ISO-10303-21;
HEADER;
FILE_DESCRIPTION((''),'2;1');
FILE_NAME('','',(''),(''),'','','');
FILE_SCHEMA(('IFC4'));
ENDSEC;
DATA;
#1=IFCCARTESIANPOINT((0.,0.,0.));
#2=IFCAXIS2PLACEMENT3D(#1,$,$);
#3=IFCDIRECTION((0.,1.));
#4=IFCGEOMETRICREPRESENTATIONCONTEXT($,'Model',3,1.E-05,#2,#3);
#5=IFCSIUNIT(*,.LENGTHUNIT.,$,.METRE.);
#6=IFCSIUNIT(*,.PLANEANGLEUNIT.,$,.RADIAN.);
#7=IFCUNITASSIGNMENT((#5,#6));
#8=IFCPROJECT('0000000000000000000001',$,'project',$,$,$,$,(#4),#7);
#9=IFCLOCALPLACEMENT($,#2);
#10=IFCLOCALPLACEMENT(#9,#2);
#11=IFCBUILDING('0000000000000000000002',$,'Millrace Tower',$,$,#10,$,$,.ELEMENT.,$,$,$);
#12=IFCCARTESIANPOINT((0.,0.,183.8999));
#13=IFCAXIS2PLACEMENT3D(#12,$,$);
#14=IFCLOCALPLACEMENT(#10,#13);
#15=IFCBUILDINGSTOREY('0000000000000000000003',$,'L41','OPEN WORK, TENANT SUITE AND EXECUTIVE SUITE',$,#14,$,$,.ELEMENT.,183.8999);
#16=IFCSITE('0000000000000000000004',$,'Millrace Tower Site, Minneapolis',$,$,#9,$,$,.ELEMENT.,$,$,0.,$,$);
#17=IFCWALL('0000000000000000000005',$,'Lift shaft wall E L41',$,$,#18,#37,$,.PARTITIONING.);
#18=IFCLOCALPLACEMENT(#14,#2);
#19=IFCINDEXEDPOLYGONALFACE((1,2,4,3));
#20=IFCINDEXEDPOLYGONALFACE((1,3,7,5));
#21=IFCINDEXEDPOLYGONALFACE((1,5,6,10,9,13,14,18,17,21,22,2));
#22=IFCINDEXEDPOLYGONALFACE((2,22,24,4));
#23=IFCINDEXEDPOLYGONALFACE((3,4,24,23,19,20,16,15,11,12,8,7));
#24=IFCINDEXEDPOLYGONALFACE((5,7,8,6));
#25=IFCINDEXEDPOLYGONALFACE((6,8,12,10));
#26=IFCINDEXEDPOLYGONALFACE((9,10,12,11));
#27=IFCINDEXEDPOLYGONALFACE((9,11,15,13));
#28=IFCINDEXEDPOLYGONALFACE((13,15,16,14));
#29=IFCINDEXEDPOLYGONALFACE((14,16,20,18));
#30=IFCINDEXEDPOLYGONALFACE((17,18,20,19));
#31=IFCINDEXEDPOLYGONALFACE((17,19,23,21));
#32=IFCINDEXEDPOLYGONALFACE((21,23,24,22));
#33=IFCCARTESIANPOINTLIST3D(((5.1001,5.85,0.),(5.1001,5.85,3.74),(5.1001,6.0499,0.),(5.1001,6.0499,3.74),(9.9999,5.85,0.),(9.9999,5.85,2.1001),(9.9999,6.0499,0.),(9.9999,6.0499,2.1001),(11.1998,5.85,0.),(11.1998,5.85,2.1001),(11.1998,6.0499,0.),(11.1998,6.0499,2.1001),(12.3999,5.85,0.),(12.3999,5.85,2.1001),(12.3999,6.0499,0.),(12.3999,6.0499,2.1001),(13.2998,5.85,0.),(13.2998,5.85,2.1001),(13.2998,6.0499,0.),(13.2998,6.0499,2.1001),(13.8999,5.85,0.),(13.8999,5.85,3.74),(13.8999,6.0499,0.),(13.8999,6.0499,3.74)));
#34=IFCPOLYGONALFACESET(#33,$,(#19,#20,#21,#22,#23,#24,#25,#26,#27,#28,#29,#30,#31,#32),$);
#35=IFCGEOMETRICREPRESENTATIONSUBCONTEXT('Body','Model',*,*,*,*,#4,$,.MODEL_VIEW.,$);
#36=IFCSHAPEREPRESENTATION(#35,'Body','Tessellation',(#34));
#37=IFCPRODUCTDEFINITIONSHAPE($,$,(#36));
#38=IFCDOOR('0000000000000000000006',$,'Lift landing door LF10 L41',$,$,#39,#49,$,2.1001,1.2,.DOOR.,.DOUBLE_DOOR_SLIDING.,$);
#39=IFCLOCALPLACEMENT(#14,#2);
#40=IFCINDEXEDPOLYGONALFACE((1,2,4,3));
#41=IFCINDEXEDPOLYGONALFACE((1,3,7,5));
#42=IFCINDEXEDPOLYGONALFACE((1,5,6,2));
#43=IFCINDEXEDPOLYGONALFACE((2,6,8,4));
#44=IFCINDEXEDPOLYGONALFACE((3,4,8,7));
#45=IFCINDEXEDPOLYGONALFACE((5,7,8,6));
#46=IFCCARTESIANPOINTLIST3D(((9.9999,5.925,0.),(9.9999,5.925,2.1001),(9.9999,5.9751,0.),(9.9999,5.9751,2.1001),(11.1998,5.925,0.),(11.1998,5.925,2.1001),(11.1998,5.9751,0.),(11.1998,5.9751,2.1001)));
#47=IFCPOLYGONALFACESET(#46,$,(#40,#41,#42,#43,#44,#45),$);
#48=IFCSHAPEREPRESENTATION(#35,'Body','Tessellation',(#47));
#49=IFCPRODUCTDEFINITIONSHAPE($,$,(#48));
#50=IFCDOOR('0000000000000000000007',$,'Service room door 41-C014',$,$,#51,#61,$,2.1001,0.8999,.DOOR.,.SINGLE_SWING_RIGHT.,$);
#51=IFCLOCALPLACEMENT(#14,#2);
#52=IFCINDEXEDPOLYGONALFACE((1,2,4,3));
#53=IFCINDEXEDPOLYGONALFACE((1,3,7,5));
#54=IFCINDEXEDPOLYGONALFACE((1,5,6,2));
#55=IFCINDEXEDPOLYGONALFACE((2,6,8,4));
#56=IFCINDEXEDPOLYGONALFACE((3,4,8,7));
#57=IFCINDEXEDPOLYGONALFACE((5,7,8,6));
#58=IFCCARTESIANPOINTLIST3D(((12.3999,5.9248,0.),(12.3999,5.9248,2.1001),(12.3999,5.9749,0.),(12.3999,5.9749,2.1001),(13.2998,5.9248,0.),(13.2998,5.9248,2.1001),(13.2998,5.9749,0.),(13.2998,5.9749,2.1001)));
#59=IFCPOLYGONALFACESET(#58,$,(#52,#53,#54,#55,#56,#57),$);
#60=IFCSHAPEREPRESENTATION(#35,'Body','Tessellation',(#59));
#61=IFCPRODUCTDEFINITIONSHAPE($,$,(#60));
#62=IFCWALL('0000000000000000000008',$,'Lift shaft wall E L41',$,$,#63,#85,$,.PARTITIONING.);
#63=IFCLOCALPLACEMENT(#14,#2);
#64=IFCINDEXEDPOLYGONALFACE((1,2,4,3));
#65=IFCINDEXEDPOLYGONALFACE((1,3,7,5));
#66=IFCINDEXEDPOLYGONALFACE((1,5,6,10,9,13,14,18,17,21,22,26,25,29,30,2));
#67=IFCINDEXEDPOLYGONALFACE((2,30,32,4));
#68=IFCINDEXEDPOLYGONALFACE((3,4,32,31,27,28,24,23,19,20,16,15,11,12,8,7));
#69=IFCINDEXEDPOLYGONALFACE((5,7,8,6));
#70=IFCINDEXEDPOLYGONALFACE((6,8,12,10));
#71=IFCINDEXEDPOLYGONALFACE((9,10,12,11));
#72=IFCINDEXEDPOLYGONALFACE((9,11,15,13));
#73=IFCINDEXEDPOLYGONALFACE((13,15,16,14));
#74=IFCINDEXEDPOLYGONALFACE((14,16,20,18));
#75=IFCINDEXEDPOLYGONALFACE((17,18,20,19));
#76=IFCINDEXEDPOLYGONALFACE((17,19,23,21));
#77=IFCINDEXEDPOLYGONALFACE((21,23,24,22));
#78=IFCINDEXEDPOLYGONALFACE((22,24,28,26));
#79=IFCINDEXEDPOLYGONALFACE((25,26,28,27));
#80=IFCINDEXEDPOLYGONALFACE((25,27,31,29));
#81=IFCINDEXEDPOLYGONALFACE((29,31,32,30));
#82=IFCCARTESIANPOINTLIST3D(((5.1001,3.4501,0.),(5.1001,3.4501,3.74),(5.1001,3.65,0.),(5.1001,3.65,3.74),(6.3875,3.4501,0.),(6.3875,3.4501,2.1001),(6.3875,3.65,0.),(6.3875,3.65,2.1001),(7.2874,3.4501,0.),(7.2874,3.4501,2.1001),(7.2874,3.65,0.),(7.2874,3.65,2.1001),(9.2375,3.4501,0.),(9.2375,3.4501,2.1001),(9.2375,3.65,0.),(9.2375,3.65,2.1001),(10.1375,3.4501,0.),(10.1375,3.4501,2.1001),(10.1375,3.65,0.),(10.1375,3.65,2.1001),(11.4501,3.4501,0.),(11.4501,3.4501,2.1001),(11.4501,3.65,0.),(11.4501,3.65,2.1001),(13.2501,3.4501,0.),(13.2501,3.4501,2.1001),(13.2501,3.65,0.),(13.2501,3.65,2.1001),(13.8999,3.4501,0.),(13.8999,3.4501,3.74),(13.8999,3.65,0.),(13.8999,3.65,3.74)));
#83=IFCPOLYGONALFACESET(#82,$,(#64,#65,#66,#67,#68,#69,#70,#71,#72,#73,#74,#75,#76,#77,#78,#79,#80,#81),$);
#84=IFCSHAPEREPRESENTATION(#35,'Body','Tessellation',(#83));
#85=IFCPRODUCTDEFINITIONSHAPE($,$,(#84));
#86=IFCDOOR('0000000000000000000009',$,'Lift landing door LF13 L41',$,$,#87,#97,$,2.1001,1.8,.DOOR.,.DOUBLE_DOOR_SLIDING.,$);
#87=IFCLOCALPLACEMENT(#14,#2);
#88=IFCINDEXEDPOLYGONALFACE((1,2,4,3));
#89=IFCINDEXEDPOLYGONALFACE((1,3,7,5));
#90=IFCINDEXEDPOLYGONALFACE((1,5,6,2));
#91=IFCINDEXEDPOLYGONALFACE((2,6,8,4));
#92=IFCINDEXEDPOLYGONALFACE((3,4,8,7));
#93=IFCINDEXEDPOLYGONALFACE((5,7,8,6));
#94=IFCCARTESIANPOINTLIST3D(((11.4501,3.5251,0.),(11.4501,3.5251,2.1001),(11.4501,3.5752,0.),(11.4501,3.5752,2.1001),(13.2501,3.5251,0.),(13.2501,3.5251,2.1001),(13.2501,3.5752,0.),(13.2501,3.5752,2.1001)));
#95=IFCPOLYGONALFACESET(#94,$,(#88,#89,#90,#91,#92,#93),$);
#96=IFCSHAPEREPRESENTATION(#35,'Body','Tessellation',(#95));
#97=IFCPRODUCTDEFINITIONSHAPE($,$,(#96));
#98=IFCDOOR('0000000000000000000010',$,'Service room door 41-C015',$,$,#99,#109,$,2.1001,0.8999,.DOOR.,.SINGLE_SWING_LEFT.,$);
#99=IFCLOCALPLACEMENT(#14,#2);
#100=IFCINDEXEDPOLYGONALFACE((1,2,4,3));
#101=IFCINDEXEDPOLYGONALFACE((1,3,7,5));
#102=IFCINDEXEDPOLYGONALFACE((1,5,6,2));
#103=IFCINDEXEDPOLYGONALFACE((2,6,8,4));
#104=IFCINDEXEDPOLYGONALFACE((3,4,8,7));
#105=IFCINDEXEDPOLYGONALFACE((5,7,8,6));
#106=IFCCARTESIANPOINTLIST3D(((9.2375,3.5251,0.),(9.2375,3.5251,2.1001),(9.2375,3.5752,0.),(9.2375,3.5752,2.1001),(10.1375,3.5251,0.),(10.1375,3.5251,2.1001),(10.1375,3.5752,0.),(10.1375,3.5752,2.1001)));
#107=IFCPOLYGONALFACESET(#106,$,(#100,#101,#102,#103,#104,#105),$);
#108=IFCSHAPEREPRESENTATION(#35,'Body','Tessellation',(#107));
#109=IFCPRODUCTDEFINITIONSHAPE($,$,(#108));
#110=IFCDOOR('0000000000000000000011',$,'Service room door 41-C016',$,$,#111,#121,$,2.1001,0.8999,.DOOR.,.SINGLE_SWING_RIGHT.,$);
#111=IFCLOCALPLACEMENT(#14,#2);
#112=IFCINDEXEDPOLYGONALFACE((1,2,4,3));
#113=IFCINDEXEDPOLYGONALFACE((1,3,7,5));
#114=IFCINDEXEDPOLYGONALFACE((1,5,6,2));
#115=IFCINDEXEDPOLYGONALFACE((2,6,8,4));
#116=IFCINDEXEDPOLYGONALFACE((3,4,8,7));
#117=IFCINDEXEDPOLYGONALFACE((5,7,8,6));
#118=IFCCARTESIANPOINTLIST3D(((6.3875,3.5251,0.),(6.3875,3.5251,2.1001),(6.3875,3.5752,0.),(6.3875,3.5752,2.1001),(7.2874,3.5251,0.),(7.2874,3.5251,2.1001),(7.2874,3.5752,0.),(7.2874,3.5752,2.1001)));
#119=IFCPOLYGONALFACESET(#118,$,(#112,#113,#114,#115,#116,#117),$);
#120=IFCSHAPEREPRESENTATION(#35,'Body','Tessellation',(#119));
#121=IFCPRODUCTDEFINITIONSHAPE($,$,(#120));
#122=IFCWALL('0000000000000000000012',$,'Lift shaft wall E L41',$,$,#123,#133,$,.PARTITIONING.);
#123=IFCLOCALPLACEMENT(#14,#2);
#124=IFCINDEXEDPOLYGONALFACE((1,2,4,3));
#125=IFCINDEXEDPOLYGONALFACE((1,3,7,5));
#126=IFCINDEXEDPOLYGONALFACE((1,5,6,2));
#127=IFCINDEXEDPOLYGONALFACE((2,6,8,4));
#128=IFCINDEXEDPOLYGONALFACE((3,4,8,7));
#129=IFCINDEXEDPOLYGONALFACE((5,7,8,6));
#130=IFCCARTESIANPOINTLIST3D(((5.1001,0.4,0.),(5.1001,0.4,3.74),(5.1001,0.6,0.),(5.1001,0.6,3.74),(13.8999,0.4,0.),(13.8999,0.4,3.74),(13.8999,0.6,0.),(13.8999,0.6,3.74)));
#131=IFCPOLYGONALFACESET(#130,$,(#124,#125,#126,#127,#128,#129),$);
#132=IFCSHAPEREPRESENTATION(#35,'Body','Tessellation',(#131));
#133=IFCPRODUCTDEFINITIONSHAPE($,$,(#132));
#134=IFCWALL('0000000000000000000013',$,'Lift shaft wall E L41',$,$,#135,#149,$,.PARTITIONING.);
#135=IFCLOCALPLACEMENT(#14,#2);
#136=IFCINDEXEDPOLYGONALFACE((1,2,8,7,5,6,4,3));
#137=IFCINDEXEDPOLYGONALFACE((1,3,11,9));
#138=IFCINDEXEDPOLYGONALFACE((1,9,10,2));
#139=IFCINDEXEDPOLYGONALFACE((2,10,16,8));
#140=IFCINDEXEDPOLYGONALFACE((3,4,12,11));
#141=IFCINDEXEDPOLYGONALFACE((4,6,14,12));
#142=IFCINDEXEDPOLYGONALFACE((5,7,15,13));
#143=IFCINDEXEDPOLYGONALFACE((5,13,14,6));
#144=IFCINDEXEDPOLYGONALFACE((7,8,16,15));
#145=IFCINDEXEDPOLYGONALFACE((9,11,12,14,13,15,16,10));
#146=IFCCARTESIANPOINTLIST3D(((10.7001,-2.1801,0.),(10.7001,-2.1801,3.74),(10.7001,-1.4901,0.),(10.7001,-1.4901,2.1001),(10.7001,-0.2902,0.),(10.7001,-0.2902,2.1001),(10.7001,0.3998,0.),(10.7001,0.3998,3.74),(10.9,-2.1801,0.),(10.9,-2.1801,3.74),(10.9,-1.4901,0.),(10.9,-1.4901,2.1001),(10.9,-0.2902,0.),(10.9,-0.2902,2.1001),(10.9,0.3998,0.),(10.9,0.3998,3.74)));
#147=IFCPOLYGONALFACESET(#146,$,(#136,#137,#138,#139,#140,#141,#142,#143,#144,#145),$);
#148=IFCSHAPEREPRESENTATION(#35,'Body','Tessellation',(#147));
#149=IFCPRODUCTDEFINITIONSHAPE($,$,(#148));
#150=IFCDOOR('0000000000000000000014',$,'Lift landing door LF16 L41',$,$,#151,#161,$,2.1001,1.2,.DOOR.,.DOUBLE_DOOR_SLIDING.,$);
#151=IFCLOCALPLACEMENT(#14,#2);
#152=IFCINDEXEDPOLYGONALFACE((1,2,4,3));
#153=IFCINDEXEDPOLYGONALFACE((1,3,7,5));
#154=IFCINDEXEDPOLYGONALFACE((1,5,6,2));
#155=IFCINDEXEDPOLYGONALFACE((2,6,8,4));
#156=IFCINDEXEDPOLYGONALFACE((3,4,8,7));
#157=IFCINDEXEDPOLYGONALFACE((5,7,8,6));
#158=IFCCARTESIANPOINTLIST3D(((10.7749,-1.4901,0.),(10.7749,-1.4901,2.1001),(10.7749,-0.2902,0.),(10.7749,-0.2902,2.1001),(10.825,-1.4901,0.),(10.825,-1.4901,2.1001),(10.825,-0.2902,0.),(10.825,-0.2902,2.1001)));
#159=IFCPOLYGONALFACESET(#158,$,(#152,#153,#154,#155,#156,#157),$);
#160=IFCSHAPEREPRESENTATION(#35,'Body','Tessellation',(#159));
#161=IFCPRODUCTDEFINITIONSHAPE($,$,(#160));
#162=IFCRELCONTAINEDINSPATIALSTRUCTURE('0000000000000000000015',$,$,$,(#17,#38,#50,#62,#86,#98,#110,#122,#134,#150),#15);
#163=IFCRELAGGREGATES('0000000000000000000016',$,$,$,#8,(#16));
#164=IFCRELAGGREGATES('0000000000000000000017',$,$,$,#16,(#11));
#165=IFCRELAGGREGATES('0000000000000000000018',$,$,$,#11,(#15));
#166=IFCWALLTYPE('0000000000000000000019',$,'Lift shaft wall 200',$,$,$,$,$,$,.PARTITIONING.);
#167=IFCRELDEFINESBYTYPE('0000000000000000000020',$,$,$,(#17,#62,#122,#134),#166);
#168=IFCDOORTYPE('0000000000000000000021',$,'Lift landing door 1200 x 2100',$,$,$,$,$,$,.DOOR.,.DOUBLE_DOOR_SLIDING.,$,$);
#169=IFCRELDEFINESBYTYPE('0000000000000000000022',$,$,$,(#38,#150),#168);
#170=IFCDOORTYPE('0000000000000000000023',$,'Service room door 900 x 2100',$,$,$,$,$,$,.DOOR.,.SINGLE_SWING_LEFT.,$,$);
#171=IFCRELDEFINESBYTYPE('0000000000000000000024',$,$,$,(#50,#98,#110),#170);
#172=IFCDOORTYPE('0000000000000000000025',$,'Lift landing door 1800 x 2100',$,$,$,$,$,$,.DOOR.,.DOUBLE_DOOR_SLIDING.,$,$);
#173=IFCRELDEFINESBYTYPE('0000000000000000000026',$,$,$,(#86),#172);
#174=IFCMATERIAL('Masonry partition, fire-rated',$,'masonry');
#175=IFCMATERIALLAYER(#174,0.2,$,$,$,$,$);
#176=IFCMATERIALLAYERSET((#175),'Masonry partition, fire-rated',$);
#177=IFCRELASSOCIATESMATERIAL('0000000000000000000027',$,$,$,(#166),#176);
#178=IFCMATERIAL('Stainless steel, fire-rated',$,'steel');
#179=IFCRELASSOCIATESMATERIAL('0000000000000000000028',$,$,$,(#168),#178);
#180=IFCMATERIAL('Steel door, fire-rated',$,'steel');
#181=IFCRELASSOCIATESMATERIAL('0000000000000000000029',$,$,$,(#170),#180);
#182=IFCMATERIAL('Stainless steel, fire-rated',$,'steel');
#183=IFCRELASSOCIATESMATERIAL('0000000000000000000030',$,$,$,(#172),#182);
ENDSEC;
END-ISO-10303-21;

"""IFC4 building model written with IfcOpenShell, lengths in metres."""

from ifc_helpers import new_model, si_unit, direction, frame, frame_2d, origin, place, context, subcontext, project, spatial, rectangle, extrude, material, layer, layer_set, type_object, element, fill, save


model = new_model("IFC4")

# Units and contexts
model_context = context("Model", 3, precision=1e-05, world=origin(), true_north=direction((0.0, 1.0)))
body_context = subcontext(model_context, "Body", "Model", "MODEL_VIEW")
ifc_project = project(units=[si_unit("LENGTHUNIT", "METRE"), si_unit("PLANEANGLEUNIT", "RADIAN")], contexts=[model_context])

# Site, building, storey
site_placement = place(None, origin())
site = spatial("IfcSite", under=ifc_project, at=site_placement, Name="Millrace Tower Site, Minneapolis", CompositionType="ELEMENT", RefElevation=0.0)
building_placement = place(site_placement, origin())
building = spatial("IfcBuilding", under=site, at=building_placement, Name="Millrace Tower", CompositionType="ELEMENT")
storey_placement = place(building_placement, frame((0.0, 0.0, 183.8999)))
storey = spatial("IfcBuildingStorey", under=building, at=storey_placement, Name="L41", Description="OPEN WORK, TENANT SUITE AND EXECUTIVE SUITE", CompositionType="ELEMENT", Elevation=183.8999)

# Walls, openings, doors
ifc_material_1 = material(Name="Masonry partition, fire-rated", Category="masonry")
ifc_layer_1 = layer(ifc_material_1, 0.2)
ifc_layer_set_1 = layer_set([ifc_layer_1], Name="Masonry partition, fire-rated")
wall_type_1 = type_object("IfcWallType", Name="Lift shaft wall 200", PredefinedType="PARTITIONING", material=ifc_layer_set_1)
wall_1_placement = place(storey_placement, frame((13.8999, 5.95, 0.0), z_axis=(0.0, 0.0, 1.0), x_axis=(-1.0, 0.0, 0.0)))
wall_1 = element("IfcWall", 1, at=wall_1_placement, inside=storey, type_object=wall_type_1, Name="Lift shaft wall E L41", PredefinedType="PARTITIONING", context=body_context, shape_type="SweptSolid", body=[
    extrude(rectangle(XDim=8.7998, YDim=0.2, at=frame_2d((4.3999, 0.0))), origin(), (0.0, 0.0, 1.0), 3.74),
])
opening_1_placement = place(wall_1_placement, frame((2.7, 0.0, 0.0)))
opening_1 = element("IfcOpeningElement", 2, at=opening_1_placement, cuts=wall_1, PredefinedType="OPENING", context=body_context, shape_type="SweptSolid", body=[
    extrude(rectangle(XDim=1.2, YDim=2.1001, at=frame_2d((0.6001, 1.05))), frame((0.0, 0.1099, 0.0), z_axis=(0.0, -1.0, 0.0), x_axis=(1.0, 0.0, 0.0)), (0.0, 0.0, 1.0), 0.22),
])
opening_2_placement = place(wall_1_placement, frame((0.6001, 0.0, 0.0)))
opening_2 = element("IfcOpeningElement", 3, at=opening_2_placement, cuts=wall_1, PredefinedType="OPENING", context=body_context, shape_type="SweptSolid", body=[
    extrude(rectangle(XDim=0.8999, YDim=2.1001, at=frame_2d((0.45, 1.05))), frame((0.0, 0.1099, 0.0), z_axis=(0.0, -1.0, 0.0), x_axis=(1.0, 0.0, 0.0)), (0.0, 0.0, 1.0), 0.22),
])
ifc_material_2 = material(Name="Stainless steel, fire-rated", Category="steel")
door_type_1 = type_object("IfcDoorType", Name="Lift landing door 1200 x 2100", OperationType="DOUBLE_DOOR_SLIDING", PredefinedType="DOOR", material=ifc_material_2)
door_1_placement = place(opening_1_placement, origin())
door_1 = element("IfcDoor", 4, at=door_1_placement, inside=storey, type_object=door_type_1, Name="Lift landing door LF10 L41", OperationType="DOUBLE_DOOR_SLIDING", OverallHeight=2.1001, OverallWidth=1.2, PredefinedType="DOOR", context=body_context, shape_type="SweptSolid", body=[
    extrude(rectangle(XDim=1.2, YDim=2.1001, at=frame_2d((0.6001, 1.05))), frame((0.0, 0.0249, 0.0), z_axis=(0.0, -1.0, 0.0), x_axis=(1.0, 0.0, 0.0)), (0.0, 0.0, 1.0), 0.05),
])
fill(opening_1, door_1)
ifc_material_3 = material(Name="Steel door, fire-rated", Category="steel")
door_type_2 = type_object("IfcDoorType", Name="Service room door 900 x 2100", OperationType="SINGLE_SWING_LEFT", PredefinedType="DOOR", material=ifc_material_3)
door_2_placement = place(opening_2_placement, frame((0.8999, 0.0, 0.0), z_axis=(0.0, 0.0, 1.0), x_axis=(-1.0, 0.0, 0.0)))
door_2 = element("IfcDoor", 5, at=door_2_placement, inside=storey, type_object=door_type_2, Name="Service room door 41-C014", OperationType="SINGLE_SWING_RIGHT", OverallHeight=2.1001, OverallWidth=0.8999, PredefinedType="DOOR", context=body_context, shape_type="SweptSolid", body=[
    extrude(rectangle(XDim=0.8999, YDim=2.1001, at=frame_2d((0.45, 1.05))), frame((0.0, 0.0249, 0.0), z_axis=(0.0, -1.0, 0.0), x_axis=(1.0, 0.0, 0.0)), (0.0, 0.0, 1.0), 0.05),
])
fill(opening_2, door_2)
wall_2_placement = place(storey_placement, frame((13.8999, 3.55, 0.0), z_axis=(0.0, 0.0, 1.0), x_axis=(-1.0, 0.0, 0.0)))
wall_2 = element("IfcWall", 6, at=wall_2_placement, inside=storey, type_object=wall_type_1, Name="Lift shaft wall E L41", PredefinedType="PARTITIONING", context=body_context, shape_type="SweptSolid", body=[
    extrude(rectangle(XDim=8.7998, YDim=0.2, at=frame_2d((4.3999, 0.0))), origin(), (0.0, 0.0, 1.0), 3.74),
])
opening_3_placement = place(wall_2_placement, frame((0.6499, 0.0, 0.0)))
opening_3 = element("IfcOpeningElement", 7, at=opening_3_placement, cuts=wall_2, PredefinedType="OPENING", context=body_context, shape_type="SweptSolid", body=[
    extrude(rectangle(XDim=1.8, YDim=2.1001, at=frame_2d((0.8999, 1.05))), frame((0.0, 0.1099, 0.0), z_axis=(0.0, -1.0, 0.0), x_axis=(1.0, 0.0, 0.0)), (0.0, 0.0, 1.0), 0.22),
])
opening_4_placement = place(wall_2_placement, frame((3.7625, 0.0, 0.0)))
opening_4 = element("IfcOpeningElement", 8, at=opening_4_placement, cuts=wall_2, PredefinedType="OPENING", context=body_context, shape_type="SweptSolid", body=[
    extrude(rectangle(XDim=0.8999, YDim=2.1001, at=frame_2d((0.45, 1.05))), frame((0.0, 0.1099, 0.0), z_axis=(0.0, -1.0, 0.0), x_axis=(1.0, 0.0, 0.0)), (0.0, 0.0, 1.0), 0.22),
])
opening_5_placement = place(wall_2_placement, frame((6.6125, 0.0, 0.0)))
opening_5 = element("IfcOpeningElement", 9, at=opening_5_placement, cuts=wall_2, PredefinedType="OPENING", context=body_context, shape_type="SweptSolid", body=[
    extrude(rectangle(XDim=0.8999, YDim=2.1001, at=frame_2d((0.45, 1.05))), frame((0.0, 0.1099, 0.0), z_axis=(0.0, -1.0, 0.0), x_axis=(1.0, 0.0, 0.0)), (0.0, 0.0, 1.0), 0.22),
])
ifc_material_4 = material(Name="Stainless steel, fire-rated", Category="steel")
door_type_3 = type_object("IfcDoorType", Name="Lift landing door 1800 x 2100", OperationType="DOUBLE_DOOR_SLIDING", PredefinedType="DOOR", material=ifc_material_4)
door_3_placement = place(opening_3_placement, origin())
door_3 = element("IfcDoor", 10, at=door_3_placement, inside=storey, type_object=door_type_3, Name="Lift landing door LF13 L41", OperationType="DOUBLE_DOOR_SLIDING", OverallHeight=2.1001, OverallWidth=1.8, PredefinedType="DOOR", context=body_context, shape_type="SweptSolid", body=[
    extrude(rectangle(XDim=1.8, YDim=2.1001, at=frame_2d((0.8999, 1.05))), frame((0.0, 0.0249, 0.0), z_axis=(0.0, -1.0, 0.0), x_axis=(1.0, 0.0, 0.0)), (0.0, 0.0, 1.0), 0.05),
])
fill(opening_3, door_3)
door_4_placement = place(opening_4_placement, origin())
door_4 = element("IfcDoor", 11, at=door_4_placement, inside=storey, type_object=door_type_2, Name="Service room door 41-C015", OperationType="SINGLE_SWING_LEFT", OverallHeight=2.1001, OverallWidth=0.8999, PredefinedType="DOOR", context=body_context, shape_type="SweptSolid", body=[
    extrude(rectangle(XDim=0.8999, YDim=2.1001, at=frame_2d((0.45, 1.05))), frame((0.0, 0.0249, 0.0), z_axis=(0.0, -1.0, 0.0), x_axis=(1.0, 0.0, 0.0)), (0.0, 0.0, 1.0), 0.05),
])
fill(opening_4, door_4)
door_5_placement = place(opening_5_placement, origin())
door_5 = element("IfcDoor", 12, at=door_5_placement, inside=storey, type_object=door_type_2, Name="Service room door 41-C016", OperationType="SINGLE_SWING_RIGHT", OverallHeight=2.1001, OverallWidth=0.8999, PredefinedType="DOOR", context=body_context, shape_type="SweptSolid", body=[
    extrude(rectangle(XDim=0.8999, YDim=2.1001, at=frame_2d((0.45, 1.05))), frame((0.0, 0.0249, 0.0), z_axis=(0.0, -1.0, 0.0), x_axis=(1.0, 0.0, 0.0)), (0.0, 0.0, 1.0), 0.05),
])
fill(opening_5, door_5)

# Wall
wall_3_placement = place(storey_placement, frame((13.8999, 0.5, 0.0), z_axis=(0.0, 0.0, 1.0), x_axis=(-1.0, 0.0, 0.0)))
element("IfcWall", 13, at=wall_3_placement, inside=storey, type_object=wall_type_1, Name="Lift shaft wall E L41", PredefinedType="PARTITIONING", context=body_context, shape_type="SweptSolid", body=[
    extrude(rectangle(XDim=8.7998, YDim=0.2, at=frame_2d((4.3999, 0.0))), origin(), (0.0, 0.0, 1.0), 3.74),
])

# Wall, opening, door
wall_4_placement = place(storey_placement, frame((10.8, 0.3999, 0.0), z_axis=(0.0, 0.0, 1.0), x_axis=(0.0, -1.0, 0.0)))
wall_4 = element("IfcWall", 14, at=wall_4_placement, inside=storey, type_object=wall_type_1, Name="Lift shaft wall E L41", PredefinedType="PARTITIONING", context=body_context, shape_type="SweptSolid", body=[
    extrude(rectangle(XDim=2.5798, YDim=0.2, at=frame_2d((1.29, 0.0))), origin(), (0.0, 0.0, 1.0), 3.74),
])
opening_6_placement = place(wall_4_placement, frame((0.6899, 0.0, 0.0)))
opening_6 = element("IfcOpeningElement", 15, at=opening_6_placement, cuts=wall_4, PredefinedType="OPENING", context=body_context, shape_type="SweptSolid", body=[
    extrude(rectangle(XDim=1.2, YDim=2.1001, at=frame_2d((0.6001, 1.05))), frame((0.0, 0.1099, 0.0), z_axis=(0.0, -1.0, 0.0), x_axis=(1.0, 0.0, 0.0)), (0.0, 0.0, 1.0), 0.22),
])
door_6_placement = place(opening_6_placement, origin())
door_6 = element("IfcDoor", 16, at=door_6_placement, inside=storey, type_object=door_type_1, Name="Lift landing door LF16 L41", OperationType="DOUBLE_DOOR_SLIDING", OverallHeight=2.1001, OverallWidth=1.2, PredefinedType="DOOR", context=body_context, shape_type="SweptSolid", body=[
    extrude(rectangle(XDim=1.2, YDim=2.1001, at=frame_2d((0.6001, 1.05))), frame((0.0, 0.0249, 0.0), z_axis=(0.0, -1.0, 0.0), x_axis=(1.0, 0.0, 0.0)), (0.0, 0.0, 1.0), 0.05),
])
fill(opening_6, door_6)

save(model, "model.ifc")
